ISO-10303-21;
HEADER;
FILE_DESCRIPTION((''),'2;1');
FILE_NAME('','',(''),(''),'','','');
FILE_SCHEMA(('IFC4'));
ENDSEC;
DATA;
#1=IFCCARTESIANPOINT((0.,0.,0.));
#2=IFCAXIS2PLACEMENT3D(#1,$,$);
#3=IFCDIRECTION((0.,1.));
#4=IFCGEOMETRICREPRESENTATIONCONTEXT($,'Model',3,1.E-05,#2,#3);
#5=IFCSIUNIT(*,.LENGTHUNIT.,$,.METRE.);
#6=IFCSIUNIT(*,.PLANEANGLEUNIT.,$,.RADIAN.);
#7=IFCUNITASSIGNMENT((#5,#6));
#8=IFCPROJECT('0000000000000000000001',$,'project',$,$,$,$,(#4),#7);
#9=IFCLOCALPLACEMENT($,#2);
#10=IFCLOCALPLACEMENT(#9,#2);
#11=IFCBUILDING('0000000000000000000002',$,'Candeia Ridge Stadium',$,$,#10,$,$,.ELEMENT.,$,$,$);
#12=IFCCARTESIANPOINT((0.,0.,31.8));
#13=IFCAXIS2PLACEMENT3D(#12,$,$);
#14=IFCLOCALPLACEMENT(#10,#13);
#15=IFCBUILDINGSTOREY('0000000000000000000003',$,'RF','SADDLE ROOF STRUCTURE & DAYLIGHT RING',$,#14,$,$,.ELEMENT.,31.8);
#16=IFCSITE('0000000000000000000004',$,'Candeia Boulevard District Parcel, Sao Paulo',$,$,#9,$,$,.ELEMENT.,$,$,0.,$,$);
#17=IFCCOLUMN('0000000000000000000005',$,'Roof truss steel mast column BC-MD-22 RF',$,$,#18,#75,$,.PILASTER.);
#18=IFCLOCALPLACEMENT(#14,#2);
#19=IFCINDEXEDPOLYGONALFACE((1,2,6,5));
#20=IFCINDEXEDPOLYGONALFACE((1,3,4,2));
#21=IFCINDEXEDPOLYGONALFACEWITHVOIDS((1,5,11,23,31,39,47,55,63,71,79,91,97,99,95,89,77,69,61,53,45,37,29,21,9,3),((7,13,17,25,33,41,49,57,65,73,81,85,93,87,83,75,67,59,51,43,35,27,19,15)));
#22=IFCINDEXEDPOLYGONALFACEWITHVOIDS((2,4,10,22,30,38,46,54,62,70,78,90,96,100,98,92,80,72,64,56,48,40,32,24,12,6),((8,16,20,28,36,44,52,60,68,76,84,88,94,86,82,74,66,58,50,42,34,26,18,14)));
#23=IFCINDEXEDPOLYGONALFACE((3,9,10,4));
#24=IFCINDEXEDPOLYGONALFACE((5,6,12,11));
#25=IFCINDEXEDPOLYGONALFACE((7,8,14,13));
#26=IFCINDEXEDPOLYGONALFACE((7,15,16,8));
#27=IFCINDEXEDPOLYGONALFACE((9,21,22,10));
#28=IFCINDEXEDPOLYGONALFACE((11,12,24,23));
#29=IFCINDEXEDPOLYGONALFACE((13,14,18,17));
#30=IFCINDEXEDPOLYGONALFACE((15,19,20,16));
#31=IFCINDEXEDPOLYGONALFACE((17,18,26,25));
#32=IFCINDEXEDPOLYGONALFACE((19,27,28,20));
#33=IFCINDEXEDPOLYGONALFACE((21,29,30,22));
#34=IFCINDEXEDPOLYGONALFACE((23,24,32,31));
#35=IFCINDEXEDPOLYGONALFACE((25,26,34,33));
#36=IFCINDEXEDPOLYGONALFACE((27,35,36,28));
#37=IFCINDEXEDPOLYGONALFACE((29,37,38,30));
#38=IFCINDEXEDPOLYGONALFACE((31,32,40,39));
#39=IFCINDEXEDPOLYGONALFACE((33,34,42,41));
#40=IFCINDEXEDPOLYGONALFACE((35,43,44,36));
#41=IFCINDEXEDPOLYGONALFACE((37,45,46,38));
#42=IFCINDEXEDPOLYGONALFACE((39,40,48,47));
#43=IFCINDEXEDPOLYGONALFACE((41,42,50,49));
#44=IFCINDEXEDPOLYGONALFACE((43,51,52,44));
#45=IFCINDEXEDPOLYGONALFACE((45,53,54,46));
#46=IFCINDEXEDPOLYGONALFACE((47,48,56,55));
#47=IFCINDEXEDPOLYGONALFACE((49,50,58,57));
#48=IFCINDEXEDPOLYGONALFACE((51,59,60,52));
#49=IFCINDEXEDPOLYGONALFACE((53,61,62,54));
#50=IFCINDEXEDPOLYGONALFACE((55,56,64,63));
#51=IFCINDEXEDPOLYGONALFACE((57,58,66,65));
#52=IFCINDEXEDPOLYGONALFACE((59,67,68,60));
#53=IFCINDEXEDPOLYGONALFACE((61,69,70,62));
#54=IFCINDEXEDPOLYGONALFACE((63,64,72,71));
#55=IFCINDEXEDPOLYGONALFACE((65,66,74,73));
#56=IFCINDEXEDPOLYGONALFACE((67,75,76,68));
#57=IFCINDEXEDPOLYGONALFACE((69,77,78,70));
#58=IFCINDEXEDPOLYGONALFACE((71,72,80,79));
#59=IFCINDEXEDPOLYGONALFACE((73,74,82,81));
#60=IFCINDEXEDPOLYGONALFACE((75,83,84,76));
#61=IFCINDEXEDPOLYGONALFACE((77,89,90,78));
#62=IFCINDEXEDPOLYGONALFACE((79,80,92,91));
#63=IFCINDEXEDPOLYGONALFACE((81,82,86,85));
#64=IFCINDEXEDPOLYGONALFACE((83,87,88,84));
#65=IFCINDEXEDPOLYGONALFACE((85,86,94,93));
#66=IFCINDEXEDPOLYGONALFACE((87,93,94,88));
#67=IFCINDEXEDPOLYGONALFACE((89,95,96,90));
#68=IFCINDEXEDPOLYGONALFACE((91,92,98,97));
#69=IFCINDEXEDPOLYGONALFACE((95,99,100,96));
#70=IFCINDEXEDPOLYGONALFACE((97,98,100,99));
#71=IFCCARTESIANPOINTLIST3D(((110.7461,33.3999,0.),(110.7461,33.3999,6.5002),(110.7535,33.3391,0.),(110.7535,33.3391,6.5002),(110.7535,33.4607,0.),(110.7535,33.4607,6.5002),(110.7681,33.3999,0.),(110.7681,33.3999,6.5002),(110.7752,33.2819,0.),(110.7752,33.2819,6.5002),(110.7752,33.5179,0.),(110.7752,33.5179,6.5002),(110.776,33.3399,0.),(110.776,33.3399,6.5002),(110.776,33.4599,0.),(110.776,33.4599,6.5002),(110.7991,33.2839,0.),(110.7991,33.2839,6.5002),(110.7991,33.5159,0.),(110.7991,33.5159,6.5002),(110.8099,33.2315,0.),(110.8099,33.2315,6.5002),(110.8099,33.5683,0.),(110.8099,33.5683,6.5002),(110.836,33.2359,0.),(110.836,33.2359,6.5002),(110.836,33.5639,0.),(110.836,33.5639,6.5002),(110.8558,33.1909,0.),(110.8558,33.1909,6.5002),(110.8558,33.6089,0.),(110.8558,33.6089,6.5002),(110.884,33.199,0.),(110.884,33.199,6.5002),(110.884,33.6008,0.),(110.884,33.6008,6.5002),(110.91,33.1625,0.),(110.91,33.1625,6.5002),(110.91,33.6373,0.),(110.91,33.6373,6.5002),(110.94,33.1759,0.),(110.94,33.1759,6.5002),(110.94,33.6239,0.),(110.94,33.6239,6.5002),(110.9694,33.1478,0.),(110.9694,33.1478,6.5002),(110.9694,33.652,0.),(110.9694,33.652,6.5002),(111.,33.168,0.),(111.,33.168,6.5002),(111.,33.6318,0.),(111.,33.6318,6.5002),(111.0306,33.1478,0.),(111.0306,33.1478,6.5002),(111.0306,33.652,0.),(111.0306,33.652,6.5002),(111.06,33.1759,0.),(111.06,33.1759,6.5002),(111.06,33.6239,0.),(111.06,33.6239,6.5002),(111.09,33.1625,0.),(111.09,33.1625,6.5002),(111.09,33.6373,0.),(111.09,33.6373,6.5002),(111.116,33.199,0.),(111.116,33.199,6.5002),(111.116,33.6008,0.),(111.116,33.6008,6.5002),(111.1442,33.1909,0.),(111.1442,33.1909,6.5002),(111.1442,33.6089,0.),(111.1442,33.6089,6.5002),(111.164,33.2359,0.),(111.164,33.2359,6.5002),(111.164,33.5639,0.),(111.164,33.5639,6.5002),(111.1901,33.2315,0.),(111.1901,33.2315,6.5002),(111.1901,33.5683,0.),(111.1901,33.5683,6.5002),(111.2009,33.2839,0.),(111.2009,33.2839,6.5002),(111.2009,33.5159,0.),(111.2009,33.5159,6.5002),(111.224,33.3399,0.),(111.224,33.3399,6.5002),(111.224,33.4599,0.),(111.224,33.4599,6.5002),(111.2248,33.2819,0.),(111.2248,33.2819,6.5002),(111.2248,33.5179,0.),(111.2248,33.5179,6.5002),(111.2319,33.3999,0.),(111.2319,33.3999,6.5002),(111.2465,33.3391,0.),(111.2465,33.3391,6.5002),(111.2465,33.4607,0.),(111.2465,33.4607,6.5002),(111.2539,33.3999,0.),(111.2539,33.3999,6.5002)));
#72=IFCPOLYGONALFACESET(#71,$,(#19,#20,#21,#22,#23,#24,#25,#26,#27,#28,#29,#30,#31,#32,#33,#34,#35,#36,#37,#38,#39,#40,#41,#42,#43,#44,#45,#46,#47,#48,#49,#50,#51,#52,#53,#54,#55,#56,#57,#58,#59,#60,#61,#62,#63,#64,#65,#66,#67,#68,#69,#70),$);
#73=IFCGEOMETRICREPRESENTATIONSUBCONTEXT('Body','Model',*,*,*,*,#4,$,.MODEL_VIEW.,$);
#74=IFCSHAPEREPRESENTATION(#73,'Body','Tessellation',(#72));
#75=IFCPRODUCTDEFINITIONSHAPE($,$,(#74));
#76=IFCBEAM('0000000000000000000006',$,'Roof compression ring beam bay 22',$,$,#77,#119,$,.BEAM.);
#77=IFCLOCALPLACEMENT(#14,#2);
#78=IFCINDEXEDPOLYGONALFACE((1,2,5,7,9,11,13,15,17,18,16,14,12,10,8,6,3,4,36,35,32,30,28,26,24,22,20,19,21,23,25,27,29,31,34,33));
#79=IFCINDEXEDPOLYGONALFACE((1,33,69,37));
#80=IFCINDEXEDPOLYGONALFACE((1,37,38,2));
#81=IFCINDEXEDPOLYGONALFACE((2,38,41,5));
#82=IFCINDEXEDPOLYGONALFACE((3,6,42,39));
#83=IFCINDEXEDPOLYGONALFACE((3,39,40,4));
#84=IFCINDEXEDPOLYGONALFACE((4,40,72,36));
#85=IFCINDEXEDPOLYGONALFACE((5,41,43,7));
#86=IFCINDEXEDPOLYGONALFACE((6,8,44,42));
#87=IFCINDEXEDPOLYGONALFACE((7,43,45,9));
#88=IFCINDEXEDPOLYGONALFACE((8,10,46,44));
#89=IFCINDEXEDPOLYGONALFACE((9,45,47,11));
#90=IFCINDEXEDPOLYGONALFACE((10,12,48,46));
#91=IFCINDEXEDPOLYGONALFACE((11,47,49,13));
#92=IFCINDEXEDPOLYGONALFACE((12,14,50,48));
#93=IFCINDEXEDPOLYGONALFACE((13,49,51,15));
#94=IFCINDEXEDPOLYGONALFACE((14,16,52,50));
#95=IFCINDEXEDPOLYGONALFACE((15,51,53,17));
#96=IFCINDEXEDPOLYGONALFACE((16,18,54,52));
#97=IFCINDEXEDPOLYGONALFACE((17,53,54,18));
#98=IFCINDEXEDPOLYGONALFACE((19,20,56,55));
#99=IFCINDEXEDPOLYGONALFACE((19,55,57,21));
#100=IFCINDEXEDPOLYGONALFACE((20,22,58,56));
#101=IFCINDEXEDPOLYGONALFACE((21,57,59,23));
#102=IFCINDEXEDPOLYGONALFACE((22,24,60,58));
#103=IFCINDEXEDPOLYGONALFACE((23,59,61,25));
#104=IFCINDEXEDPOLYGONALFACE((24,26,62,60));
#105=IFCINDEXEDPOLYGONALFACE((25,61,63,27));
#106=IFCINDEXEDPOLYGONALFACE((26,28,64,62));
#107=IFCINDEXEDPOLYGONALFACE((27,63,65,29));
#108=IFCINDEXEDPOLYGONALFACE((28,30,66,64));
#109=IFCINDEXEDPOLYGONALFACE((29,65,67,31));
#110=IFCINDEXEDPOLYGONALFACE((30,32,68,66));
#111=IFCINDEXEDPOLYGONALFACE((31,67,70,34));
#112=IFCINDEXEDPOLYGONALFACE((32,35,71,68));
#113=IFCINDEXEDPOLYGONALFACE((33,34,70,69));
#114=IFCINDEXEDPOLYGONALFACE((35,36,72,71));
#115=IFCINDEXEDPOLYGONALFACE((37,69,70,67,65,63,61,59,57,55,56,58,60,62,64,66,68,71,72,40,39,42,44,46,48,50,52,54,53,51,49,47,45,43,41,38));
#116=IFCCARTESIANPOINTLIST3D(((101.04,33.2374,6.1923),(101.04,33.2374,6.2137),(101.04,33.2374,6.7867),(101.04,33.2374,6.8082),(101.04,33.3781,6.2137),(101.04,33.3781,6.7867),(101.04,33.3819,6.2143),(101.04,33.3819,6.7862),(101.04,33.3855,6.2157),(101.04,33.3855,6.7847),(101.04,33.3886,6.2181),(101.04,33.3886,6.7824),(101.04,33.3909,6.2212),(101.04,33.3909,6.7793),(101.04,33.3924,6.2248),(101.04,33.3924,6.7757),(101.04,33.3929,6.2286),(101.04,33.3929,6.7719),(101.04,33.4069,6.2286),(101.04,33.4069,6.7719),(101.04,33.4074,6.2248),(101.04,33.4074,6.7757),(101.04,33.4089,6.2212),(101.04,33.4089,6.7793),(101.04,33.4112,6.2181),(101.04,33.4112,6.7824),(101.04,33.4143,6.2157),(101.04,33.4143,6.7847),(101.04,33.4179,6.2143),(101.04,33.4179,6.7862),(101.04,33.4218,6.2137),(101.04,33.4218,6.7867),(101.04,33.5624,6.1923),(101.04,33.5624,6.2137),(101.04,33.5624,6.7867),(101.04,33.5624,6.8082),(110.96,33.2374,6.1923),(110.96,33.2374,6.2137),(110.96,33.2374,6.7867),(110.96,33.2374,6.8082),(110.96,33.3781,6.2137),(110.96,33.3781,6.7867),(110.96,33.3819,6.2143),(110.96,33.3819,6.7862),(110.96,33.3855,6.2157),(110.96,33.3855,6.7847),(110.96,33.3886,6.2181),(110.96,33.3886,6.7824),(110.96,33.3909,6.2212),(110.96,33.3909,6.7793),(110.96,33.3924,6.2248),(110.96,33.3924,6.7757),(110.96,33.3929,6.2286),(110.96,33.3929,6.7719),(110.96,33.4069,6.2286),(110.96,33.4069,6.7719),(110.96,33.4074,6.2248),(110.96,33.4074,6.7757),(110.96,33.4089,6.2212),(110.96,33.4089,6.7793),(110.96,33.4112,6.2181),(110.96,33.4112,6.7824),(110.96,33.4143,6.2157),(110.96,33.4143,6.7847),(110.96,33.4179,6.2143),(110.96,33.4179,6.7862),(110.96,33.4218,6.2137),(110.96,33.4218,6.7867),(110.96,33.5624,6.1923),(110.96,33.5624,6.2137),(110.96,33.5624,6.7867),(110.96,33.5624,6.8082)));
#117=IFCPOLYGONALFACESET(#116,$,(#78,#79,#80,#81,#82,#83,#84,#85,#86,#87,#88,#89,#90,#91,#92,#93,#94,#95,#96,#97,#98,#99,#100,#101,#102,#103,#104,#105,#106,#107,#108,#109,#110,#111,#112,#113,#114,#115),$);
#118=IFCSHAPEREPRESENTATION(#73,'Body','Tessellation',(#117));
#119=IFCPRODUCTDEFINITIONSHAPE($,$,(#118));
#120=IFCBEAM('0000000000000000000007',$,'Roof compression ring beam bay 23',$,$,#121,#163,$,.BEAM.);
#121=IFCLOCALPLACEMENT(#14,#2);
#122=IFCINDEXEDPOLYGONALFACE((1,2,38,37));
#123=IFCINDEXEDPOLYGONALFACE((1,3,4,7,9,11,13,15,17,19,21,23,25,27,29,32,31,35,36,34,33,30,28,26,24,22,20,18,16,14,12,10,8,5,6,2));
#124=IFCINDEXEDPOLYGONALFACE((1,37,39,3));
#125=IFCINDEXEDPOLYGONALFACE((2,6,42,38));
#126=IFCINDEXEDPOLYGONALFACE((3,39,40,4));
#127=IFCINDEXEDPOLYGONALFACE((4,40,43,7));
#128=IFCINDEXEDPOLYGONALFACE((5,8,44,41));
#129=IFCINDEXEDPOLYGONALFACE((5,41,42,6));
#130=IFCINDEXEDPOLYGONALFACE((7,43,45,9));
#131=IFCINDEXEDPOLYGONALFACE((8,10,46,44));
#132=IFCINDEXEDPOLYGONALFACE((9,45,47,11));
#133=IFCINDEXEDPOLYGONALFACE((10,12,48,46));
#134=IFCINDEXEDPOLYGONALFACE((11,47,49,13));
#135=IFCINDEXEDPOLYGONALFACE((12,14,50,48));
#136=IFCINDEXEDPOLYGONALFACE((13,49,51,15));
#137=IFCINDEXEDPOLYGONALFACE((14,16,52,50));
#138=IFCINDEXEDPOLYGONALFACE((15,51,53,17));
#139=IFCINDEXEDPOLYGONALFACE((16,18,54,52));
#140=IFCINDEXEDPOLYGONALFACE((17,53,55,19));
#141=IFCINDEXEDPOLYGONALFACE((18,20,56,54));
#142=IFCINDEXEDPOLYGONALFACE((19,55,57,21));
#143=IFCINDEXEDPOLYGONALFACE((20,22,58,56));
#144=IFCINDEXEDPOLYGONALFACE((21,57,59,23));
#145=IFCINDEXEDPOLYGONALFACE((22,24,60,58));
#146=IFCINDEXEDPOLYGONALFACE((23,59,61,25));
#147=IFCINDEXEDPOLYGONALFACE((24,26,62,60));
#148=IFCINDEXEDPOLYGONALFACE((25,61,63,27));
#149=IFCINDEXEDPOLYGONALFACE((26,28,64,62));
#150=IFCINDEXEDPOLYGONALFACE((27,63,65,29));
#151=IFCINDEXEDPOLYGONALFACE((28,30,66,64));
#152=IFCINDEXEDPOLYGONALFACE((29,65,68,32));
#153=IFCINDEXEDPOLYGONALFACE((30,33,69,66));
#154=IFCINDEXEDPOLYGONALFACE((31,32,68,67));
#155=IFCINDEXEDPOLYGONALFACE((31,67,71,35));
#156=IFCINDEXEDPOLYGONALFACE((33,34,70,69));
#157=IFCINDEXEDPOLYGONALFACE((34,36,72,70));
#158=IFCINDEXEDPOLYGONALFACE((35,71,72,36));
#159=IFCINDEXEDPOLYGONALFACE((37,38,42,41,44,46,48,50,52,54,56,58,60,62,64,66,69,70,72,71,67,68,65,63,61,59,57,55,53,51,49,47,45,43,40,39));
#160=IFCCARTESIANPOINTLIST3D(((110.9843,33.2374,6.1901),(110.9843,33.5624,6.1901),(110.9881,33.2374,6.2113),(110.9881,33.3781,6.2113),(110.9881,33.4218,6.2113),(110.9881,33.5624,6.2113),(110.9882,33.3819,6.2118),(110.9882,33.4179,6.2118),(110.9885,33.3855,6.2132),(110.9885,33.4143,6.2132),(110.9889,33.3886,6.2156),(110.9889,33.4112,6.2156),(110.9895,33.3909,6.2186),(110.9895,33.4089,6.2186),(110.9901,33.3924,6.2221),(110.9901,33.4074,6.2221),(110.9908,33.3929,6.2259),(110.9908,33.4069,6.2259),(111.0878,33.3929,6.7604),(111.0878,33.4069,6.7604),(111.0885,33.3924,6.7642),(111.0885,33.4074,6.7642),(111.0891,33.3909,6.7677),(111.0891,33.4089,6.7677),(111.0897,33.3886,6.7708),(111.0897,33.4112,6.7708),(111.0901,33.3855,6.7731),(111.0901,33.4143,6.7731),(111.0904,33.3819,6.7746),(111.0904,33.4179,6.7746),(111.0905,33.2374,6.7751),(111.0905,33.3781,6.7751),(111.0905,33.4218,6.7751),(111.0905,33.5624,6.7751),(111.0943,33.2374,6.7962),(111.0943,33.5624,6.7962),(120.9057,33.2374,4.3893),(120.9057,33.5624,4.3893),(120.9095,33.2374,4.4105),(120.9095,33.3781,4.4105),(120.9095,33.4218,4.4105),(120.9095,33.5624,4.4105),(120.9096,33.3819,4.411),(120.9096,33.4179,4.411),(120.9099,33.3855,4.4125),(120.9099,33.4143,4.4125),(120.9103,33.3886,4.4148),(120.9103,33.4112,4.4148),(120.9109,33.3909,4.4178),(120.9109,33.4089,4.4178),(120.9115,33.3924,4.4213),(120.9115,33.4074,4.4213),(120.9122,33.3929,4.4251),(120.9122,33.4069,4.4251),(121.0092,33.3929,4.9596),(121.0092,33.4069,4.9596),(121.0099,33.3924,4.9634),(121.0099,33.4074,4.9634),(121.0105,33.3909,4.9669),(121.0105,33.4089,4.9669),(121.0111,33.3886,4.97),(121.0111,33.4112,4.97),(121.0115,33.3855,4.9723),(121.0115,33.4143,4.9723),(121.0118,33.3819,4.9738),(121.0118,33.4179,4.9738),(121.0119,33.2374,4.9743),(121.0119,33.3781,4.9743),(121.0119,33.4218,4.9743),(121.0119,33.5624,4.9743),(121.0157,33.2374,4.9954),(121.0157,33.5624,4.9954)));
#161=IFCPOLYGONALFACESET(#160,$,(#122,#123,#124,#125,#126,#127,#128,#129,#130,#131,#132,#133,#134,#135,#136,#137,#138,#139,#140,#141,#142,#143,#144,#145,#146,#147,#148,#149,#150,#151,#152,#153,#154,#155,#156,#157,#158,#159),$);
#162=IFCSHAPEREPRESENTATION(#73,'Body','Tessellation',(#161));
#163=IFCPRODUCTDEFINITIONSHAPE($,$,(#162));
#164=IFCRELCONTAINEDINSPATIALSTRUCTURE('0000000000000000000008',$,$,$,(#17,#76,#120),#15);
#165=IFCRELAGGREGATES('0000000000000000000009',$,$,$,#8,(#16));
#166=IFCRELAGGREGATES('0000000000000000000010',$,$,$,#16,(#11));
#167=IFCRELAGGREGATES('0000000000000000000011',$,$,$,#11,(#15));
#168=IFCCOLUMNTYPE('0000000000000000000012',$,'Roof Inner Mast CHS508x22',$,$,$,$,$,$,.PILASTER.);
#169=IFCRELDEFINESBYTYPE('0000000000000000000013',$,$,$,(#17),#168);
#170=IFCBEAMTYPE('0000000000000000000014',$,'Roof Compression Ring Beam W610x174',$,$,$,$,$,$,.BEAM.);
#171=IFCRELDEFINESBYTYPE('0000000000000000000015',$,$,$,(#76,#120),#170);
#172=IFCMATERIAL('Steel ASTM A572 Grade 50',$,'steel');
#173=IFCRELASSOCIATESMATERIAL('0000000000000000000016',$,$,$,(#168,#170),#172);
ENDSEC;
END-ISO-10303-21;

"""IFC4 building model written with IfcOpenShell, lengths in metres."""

from ifc_helpers import new_model, si_unit, direction, frame, origin, origin_2d, place, context, subcontext, project, spatial, hollow_circle, i_section, extrude, material, material_profile, profile_set, type_object, element, save


model = new_model("IFC4")

# Units and contexts
model_context = context("Model", 3, precision=1e-05, world=origin(), true_north=direction((0.0, 1.0)))
body_context = subcontext(model_context, "Body", "Model", "MODEL_VIEW")
ifc_project = project(units=[si_unit("LENGTHUNIT", "METRE"), si_unit("PLANEANGLEUNIT", "RADIAN")], contexts=[model_context])

# Site, building, storey
site_placement = place(None, origin())
site = spatial("IfcSite", under=ifc_project, at=site_placement, Name="Candeia Boulevard District Parcel, Sao Paulo", CompositionType="ELEMENT", RefElevation=0.0)
building_placement = place(site_placement, origin())
building = spatial("IfcBuilding", under=site, at=building_placement, Name="Candeia Ridge Stadium", CompositionType="ELEMENT")
storey_placement = place(building_placement, frame((0.0, 0.0, 31.8)))
storey = spatial("IfcBuildingStorey", under=building, at=storey_placement, Name="RF", Description="SADDLE ROOF STRUCTURE & DAYLIGHT RING", CompositionType="ELEMENT", Elevation=31.8)

# Column
ifc_material_1 = material(Name="Steel ASTM A572 Grade 50", Category="steel")
ifc_material_profile_1 = material_profile(ifc_material_1, hollow_circle(Radius=0.2539, WallThickness=0.022, at=origin_2d()), Name="CHS508x22", Category="steel")
ifc_profile_set_1 = profile_set([ifc_material_profile_1], Name="Steel ASTM A572 Grade 50")
column_type = type_object("IfcColumnType", Name="Roof Inner Mast CHS508x22", PredefinedType="PILASTER", material=ifc_profile_set_1)
column_placement = place(storey_placement, frame((111.0, 33.3999, 0.0), z_axis=(0.0, 0.0, 1.0), x_axis=(1.0, 0.0, 0.0)))
element("IfcColumn", 1, at=column_placement, inside=storey, type_object=column_type, Name="Roof truss steel mast column BC-MD-22 RF", PredefinedType="PILASTER", context=body_context, shape_type="SweptSolid", body=[
    extrude(hollow_circle(Radius=0.2539, WallThickness=0.022, at=origin_2d()), origin(), (0.0, 0.0, 1.0), 6.5002),
])

# Beams
ifc_material_profile_2 = material_profile(ifc_material_1, i_section(OverallWidth=0.325, OverallDepth=0.616, WebThickness=0.0139, FlangeThickness=0.0215, FilletRadius=0.0149, at=origin_2d()), Name="W610x174", Category="steel")
ifc_profile_set_2 = profile_set([ifc_material_profile_2], Name="Steel ASTM A572 Grade 50")
beam_type_1 = type_object("IfcBeamType", Name="Roof Compression Ring Beam W610x174", PredefinedType="BEAM", material=ifc_profile_set_2)
beam_1_placement = place(storey_placement, frame((101.04, 33.3999, 6.5002), z_axis=(1.0, 0.0, 0.0), x_axis=(0.0, 1.0, 0.0)))
element("IfcBeam", 2, at=beam_1_placement, inside=storey, type_object=beam_type_1, Name="Roof compression ring beam bay 22", PredefinedType="BEAM", context=body_context, shape_type="SweptSolid", body=[
    extrude(i_section(OverallWidth=0.325, OverallDepth=0.616, WebThickness=0.0139, FlangeThickness=0.0215, FilletRadius=0.0149, at=origin_2d()), origin(), (0.0, 0.0, 1.0), 9.9199),
])
beam_2_placement = place(storey_placement, frame((111.0393, 33.3999, 6.4932), z_axis=(0.983924, 0.0, -0.178587), x_axis=(0.0, 1.0, 0.0)))
element("IfcBeam", 3, at=beam_2_placement, inside=storey, type_object=beam_type_1, Name="Roof compression ring beam bay 23", PredefinedType="BEAM", context=body_context, shape_type="SweptSolid", body=[
    extrude(i_section(OverallWidth=0.325, OverallDepth=0.616, WebThickness=0.0139, FlangeThickness=0.0215, FilletRadius=0.0149, at=origin_2d()), origin(), (0.0, 0.0, 1.0), 10.0835),
])

save(model, "model.ifc")
